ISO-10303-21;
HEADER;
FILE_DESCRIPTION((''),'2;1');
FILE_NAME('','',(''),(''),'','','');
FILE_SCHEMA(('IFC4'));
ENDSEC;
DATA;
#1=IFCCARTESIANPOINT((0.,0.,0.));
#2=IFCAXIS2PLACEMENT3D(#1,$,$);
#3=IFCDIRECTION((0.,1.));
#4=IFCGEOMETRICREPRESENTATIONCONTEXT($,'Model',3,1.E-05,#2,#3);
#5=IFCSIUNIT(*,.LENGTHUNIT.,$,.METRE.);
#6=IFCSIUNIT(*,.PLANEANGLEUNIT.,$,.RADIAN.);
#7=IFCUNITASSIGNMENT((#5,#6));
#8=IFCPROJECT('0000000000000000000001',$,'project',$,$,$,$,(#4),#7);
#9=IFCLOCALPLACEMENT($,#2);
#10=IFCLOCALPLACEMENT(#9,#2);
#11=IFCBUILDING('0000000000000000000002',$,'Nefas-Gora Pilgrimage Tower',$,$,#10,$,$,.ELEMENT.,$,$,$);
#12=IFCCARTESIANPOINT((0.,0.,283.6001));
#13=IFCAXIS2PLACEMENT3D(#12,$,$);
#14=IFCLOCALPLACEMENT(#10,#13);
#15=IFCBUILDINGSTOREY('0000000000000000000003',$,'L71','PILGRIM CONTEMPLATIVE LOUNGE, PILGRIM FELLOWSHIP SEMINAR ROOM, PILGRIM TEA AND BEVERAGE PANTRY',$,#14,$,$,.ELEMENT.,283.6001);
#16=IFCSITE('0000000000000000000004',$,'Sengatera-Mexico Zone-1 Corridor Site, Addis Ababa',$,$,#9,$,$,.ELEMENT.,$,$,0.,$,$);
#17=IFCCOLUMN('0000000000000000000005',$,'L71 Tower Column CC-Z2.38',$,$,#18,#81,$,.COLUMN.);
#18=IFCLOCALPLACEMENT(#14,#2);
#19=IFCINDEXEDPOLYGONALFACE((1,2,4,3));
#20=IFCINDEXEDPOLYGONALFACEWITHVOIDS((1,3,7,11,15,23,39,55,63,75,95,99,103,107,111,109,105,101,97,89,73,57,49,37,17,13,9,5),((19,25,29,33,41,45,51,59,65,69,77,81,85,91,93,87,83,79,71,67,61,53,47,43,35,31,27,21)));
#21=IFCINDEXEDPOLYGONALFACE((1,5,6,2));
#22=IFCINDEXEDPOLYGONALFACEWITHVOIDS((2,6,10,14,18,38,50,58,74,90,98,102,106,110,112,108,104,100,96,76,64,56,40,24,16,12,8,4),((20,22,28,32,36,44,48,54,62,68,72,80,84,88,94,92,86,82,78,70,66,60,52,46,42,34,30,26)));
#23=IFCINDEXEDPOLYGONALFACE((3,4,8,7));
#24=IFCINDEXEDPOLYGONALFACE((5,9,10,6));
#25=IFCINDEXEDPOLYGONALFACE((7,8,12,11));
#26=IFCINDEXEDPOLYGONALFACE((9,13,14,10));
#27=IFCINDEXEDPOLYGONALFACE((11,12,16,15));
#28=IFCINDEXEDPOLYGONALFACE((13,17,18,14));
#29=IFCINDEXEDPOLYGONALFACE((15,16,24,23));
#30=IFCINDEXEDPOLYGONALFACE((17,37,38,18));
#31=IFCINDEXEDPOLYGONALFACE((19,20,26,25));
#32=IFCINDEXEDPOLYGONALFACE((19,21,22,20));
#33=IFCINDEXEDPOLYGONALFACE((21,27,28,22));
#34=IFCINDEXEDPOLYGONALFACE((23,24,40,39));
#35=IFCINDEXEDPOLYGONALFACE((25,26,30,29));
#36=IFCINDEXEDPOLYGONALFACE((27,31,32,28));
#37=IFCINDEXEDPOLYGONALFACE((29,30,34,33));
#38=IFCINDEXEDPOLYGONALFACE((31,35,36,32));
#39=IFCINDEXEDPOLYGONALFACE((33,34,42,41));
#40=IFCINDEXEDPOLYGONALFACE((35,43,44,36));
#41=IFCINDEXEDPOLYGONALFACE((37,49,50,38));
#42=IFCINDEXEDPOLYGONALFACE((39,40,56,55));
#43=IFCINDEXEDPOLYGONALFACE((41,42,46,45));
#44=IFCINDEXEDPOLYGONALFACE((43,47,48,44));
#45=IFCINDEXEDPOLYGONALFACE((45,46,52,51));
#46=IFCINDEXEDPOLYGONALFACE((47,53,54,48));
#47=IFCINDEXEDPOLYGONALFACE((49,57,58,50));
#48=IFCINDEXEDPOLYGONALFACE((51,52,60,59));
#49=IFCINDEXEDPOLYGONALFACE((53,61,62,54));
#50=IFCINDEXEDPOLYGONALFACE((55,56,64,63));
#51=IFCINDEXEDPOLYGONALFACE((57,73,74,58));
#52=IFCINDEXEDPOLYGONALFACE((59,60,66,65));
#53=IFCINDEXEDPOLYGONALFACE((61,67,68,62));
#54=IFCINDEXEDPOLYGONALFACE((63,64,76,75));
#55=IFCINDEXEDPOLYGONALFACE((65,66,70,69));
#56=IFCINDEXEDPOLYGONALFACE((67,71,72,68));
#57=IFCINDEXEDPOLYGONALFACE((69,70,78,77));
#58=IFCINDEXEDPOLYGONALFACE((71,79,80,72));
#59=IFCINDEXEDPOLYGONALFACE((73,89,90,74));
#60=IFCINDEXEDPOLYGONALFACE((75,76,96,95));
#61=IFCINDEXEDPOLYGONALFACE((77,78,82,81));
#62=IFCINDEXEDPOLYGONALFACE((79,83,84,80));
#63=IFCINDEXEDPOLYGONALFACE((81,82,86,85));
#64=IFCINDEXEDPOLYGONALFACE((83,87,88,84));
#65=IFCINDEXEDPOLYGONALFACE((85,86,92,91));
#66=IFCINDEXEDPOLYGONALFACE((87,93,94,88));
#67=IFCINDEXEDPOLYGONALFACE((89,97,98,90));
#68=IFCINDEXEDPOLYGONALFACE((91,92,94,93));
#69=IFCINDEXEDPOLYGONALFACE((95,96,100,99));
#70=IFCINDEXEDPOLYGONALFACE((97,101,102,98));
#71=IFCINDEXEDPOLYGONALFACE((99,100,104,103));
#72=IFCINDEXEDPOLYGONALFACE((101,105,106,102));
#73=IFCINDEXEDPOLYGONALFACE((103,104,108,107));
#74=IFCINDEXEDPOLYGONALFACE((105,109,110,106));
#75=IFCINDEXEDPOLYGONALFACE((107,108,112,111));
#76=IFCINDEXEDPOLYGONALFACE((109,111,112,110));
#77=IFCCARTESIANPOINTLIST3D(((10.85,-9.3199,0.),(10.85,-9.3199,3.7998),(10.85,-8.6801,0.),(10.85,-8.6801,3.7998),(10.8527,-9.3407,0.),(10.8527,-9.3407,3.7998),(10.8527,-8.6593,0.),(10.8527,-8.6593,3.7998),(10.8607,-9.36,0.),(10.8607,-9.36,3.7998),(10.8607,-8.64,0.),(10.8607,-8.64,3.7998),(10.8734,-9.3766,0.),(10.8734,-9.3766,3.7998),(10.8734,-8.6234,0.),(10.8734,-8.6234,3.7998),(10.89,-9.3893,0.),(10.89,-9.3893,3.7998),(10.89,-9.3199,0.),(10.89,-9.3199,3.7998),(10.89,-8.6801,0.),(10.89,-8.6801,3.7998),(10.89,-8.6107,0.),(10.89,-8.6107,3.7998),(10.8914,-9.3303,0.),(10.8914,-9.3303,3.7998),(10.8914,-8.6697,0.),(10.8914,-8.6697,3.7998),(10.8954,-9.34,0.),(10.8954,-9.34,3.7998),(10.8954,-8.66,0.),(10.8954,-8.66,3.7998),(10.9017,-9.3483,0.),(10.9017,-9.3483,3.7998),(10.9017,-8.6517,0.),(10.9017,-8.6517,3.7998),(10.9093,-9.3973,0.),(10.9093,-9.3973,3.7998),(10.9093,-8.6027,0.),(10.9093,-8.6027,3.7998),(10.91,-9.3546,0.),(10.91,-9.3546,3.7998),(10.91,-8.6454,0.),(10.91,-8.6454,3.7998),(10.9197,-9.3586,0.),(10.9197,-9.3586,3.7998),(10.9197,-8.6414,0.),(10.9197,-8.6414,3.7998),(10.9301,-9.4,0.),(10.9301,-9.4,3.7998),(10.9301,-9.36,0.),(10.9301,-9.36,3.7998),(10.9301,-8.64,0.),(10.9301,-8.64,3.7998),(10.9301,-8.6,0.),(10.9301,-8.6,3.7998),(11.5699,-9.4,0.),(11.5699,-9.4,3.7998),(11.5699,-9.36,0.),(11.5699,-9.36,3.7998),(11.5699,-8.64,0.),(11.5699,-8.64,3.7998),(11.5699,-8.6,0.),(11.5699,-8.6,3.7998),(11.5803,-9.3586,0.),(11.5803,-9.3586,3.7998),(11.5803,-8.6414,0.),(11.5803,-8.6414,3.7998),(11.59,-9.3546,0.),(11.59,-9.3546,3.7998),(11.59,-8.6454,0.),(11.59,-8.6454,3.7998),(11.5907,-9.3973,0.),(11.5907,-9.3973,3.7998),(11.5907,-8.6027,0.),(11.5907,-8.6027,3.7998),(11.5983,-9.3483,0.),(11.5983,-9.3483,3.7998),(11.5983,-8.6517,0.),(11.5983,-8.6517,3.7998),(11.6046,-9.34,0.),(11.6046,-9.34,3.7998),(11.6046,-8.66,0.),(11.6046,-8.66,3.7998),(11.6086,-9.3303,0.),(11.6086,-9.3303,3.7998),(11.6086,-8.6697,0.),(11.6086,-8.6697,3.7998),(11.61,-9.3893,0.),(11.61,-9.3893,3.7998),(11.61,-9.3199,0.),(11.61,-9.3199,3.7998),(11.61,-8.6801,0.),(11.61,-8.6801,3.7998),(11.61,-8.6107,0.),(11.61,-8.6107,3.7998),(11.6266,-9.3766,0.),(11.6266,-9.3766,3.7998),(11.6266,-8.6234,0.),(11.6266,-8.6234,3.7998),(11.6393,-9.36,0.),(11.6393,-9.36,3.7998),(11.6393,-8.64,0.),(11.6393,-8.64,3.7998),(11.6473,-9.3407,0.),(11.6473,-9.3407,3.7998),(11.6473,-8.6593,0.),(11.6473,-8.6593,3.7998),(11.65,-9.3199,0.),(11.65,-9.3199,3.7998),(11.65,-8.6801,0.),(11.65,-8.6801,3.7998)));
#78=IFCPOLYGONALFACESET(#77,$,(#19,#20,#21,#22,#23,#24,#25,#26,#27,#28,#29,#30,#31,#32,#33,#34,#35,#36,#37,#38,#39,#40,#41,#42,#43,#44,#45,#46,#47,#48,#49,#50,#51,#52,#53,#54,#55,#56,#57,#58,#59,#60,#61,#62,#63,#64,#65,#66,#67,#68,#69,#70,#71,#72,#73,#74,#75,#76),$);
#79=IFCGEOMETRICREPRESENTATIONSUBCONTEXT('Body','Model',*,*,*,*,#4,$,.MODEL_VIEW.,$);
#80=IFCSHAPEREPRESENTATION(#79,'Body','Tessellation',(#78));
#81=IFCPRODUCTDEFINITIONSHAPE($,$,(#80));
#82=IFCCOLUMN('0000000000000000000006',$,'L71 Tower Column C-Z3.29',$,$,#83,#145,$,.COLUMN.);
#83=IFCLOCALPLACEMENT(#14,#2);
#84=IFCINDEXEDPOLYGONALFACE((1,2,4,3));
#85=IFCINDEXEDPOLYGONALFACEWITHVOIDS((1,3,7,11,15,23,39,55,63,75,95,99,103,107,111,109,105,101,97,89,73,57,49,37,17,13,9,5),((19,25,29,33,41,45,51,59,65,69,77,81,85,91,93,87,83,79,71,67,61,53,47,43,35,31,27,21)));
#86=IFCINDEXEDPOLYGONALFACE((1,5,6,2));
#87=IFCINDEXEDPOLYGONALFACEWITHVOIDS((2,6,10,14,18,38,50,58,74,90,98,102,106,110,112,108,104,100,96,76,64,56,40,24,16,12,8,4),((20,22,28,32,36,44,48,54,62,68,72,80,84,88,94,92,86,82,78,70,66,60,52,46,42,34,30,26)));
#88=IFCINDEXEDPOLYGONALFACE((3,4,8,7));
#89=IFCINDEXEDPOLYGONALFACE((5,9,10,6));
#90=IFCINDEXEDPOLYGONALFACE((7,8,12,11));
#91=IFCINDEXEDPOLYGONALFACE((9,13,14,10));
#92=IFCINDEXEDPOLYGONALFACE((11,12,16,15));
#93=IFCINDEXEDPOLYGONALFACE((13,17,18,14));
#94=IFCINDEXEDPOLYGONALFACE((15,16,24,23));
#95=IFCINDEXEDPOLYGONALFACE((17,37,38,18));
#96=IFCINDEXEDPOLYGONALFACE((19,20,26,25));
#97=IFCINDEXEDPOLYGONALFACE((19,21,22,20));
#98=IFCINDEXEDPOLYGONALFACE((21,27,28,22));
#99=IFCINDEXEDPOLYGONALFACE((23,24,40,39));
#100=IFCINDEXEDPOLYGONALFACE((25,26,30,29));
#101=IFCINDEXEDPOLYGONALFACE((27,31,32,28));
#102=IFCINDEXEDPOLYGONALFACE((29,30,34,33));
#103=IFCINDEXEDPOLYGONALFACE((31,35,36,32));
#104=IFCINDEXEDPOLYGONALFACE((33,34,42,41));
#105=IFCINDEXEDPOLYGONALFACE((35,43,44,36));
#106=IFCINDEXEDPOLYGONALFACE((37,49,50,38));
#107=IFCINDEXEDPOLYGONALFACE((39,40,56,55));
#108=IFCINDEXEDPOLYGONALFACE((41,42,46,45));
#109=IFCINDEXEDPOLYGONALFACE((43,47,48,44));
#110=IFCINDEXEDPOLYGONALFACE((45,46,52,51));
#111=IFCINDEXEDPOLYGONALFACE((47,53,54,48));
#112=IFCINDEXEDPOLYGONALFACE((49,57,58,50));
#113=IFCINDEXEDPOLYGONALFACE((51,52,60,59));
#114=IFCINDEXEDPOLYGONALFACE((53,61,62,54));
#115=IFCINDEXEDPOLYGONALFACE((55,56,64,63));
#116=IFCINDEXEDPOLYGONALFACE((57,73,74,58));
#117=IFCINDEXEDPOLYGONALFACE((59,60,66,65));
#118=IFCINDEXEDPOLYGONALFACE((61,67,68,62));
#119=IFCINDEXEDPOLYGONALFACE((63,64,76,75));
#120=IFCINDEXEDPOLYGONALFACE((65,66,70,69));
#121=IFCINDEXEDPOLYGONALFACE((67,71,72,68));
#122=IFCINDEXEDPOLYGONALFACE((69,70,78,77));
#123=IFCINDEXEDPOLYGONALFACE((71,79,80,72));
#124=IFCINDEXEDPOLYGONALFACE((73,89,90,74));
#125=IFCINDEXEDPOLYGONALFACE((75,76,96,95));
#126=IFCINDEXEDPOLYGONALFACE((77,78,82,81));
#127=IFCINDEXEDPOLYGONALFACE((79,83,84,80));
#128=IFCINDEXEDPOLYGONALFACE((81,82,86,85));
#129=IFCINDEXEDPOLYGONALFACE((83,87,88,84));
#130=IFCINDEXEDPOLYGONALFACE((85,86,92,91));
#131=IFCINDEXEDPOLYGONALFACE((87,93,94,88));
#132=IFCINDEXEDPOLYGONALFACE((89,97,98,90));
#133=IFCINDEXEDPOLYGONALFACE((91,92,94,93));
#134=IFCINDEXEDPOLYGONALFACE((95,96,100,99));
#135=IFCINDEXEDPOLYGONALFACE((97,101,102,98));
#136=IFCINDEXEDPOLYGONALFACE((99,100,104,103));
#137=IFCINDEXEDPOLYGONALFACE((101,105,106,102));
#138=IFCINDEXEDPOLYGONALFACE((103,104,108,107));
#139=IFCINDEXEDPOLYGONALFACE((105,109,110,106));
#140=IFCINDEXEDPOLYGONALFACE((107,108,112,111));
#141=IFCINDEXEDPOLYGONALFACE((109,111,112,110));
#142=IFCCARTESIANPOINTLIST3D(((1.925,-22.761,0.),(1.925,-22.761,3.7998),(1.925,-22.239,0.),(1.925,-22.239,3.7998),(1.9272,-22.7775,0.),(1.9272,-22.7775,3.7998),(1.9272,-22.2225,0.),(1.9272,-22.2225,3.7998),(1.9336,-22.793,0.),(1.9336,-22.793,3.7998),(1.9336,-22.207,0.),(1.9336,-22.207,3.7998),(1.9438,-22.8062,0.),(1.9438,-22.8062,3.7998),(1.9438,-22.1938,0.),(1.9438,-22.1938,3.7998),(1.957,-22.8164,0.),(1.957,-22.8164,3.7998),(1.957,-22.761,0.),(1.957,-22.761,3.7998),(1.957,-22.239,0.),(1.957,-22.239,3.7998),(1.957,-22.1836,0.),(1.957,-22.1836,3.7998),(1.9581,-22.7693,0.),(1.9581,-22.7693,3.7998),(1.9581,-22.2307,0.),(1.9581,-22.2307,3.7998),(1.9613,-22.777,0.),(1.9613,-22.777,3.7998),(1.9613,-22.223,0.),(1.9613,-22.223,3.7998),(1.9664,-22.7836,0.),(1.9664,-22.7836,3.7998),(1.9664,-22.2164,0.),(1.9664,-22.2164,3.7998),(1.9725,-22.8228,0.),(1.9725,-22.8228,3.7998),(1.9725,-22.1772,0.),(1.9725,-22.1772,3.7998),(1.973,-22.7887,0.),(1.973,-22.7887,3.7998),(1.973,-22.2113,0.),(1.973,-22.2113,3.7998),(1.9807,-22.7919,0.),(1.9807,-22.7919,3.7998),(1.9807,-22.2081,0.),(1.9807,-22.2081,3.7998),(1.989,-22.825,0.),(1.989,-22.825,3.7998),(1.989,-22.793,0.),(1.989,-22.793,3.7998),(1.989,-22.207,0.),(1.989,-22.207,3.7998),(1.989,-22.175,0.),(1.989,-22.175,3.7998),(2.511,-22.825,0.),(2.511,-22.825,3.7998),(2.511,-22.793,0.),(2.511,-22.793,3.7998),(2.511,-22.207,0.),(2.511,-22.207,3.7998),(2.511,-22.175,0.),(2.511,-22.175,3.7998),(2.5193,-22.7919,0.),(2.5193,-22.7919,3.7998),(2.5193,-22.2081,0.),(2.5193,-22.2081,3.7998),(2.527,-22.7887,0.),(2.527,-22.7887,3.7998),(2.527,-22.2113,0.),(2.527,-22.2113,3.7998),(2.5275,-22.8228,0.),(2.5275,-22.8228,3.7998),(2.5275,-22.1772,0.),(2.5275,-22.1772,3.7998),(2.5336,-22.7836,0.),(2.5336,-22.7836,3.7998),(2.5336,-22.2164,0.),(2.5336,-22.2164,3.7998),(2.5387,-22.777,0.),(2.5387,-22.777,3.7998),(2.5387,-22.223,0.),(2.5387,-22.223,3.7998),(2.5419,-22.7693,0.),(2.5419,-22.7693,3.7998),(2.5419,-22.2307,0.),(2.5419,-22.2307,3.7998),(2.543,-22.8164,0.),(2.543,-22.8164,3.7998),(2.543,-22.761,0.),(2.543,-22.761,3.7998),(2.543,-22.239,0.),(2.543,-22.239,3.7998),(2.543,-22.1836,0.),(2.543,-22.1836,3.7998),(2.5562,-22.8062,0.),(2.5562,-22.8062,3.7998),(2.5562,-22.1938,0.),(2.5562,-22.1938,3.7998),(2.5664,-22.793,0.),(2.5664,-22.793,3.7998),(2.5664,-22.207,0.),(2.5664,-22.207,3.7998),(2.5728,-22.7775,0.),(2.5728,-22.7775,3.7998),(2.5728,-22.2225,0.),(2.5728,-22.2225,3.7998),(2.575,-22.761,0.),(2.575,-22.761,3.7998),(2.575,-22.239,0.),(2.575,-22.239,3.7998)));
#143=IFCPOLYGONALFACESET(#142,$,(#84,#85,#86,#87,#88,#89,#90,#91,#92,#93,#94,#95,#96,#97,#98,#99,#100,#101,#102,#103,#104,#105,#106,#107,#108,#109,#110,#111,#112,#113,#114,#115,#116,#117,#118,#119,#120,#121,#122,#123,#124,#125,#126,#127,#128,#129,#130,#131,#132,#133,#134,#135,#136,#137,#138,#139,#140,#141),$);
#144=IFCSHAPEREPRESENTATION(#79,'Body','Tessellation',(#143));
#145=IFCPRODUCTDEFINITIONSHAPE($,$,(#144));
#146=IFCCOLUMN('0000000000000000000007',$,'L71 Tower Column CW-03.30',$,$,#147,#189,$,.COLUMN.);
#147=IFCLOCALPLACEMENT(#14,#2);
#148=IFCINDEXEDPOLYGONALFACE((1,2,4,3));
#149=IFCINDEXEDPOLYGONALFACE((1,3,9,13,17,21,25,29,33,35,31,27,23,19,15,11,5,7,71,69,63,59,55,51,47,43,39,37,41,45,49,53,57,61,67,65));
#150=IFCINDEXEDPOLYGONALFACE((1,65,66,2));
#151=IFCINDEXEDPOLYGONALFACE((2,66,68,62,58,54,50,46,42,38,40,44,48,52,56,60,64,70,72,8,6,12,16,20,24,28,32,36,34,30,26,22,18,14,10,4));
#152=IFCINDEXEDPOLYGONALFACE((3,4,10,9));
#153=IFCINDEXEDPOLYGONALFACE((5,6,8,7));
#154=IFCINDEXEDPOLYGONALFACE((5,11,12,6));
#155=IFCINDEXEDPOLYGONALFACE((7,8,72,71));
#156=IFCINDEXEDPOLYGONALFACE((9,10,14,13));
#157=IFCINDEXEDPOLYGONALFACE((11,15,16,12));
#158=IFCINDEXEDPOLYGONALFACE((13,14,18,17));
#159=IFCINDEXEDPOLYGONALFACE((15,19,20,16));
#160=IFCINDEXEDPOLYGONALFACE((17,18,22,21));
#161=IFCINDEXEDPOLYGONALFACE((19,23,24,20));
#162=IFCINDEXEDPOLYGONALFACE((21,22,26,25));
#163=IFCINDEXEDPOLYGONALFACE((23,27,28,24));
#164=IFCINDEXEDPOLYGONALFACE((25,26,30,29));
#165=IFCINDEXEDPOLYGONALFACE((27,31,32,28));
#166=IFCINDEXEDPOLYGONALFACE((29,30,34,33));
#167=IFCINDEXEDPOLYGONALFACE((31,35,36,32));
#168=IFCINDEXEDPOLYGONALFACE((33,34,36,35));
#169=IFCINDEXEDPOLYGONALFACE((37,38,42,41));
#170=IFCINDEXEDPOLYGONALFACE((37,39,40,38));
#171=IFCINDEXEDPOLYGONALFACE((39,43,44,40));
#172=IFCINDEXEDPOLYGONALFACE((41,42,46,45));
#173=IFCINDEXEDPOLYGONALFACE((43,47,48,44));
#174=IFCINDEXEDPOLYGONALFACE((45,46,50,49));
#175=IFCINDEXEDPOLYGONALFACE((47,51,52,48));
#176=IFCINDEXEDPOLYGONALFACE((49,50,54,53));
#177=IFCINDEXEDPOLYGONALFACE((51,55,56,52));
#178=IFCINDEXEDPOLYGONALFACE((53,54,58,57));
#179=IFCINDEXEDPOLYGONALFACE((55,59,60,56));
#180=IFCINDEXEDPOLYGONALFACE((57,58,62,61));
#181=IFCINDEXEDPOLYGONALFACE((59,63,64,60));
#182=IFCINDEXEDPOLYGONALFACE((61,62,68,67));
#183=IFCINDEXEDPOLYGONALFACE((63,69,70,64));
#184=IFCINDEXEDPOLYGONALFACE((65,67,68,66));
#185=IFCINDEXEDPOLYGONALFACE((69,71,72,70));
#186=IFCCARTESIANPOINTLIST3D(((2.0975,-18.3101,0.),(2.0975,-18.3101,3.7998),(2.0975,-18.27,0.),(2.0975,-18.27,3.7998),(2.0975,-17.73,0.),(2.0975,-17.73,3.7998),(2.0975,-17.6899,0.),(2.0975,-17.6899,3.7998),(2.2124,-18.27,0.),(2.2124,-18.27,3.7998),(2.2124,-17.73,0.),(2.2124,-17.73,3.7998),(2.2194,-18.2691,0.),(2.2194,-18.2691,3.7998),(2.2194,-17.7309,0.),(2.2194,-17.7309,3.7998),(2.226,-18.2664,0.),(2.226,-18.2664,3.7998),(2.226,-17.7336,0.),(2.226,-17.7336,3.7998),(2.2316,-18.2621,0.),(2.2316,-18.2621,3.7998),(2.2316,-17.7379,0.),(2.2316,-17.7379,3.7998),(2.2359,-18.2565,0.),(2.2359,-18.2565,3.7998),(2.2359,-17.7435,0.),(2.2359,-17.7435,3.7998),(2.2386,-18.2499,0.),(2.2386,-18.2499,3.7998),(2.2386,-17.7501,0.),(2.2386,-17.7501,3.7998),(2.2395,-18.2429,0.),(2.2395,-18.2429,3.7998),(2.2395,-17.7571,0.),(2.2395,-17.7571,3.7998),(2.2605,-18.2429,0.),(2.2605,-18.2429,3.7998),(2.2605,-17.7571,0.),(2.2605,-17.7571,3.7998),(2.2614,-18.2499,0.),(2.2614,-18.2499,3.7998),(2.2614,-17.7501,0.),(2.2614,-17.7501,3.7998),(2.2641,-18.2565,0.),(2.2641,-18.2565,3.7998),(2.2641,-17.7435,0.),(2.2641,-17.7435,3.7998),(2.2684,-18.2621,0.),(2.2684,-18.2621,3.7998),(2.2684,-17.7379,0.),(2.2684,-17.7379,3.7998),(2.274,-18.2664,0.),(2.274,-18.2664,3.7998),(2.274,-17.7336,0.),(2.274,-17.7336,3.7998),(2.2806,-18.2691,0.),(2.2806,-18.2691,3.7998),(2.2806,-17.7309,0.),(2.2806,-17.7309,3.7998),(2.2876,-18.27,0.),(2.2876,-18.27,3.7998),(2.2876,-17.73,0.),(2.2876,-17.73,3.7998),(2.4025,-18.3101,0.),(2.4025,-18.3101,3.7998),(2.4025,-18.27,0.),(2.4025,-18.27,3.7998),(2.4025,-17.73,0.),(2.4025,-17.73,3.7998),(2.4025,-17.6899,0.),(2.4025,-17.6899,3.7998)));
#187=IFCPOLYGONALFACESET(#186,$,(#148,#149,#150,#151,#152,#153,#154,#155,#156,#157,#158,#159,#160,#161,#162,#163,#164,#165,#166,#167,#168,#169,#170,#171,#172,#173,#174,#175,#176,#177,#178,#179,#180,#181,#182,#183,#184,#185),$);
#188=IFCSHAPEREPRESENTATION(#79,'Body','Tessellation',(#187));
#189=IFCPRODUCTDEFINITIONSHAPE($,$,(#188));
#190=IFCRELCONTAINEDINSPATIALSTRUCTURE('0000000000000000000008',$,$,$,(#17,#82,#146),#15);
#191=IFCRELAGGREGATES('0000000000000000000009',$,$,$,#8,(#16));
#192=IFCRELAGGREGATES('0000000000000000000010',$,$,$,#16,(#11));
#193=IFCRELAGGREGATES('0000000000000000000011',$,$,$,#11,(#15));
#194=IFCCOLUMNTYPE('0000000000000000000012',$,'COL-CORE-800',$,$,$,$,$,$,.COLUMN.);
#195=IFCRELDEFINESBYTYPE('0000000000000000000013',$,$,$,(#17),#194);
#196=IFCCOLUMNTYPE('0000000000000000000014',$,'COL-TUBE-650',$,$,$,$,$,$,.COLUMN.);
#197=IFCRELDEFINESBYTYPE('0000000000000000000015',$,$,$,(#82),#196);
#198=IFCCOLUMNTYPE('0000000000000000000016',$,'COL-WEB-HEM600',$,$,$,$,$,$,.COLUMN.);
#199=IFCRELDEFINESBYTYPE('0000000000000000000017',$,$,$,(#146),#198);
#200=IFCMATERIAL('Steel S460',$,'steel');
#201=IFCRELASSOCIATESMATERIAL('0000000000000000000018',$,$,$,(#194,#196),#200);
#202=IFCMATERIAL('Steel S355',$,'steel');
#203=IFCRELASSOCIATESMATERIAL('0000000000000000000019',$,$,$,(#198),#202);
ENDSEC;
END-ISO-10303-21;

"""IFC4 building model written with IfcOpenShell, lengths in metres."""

from ifc_helpers import new_model, si_unit, direction, frame, origin, origin_2d, place, context, subcontext, project, spatial, hollow_rectangle, i_section, extrude, source, transform, mapped, material, material_profile, profile_set, type_object, element, save


model = new_model("IFC4")

# Units and contexts
model_context = context("Model", 3, precision=1e-05, world=origin(), true_north=direction((0.0, 1.0)))
body_context = subcontext(model_context, "Body", "Model", "MODEL_VIEW")
ifc_project = project(units=[si_unit("LENGTHUNIT", "METRE"), si_unit("PLANEANGLEUNIT", "RADIAN")], contexts=[model_context])

# Site, building, storey
site_placement = place(None, origin())
site = spatial("IfcSite", under=ifc_project, at=site_placement, Name="Sengatera-Mexico Zone-1 Corridor Site, Addis Ababa", CompositionType="ELEMENT", RefElevation=0.0)
building_placement = place(site_placement, origin())
building = spatial("IfcBuilding", under=site, at=building_placement, Name="Nefas-Gora Pilgrimage Tower", CompositionType="ELEMENT")
storey_placement = place(building_placement, frame((0.0, 0.0, 283.6001)))
storey = spatial("IfcBuildingStorey", under=building, at=storey_placement, Name="L71", Description="PILGRIM CONTEMPLATIVE LOUNGE, PILGRIM FELLOWSHIP SEMINAR ROOM, PILGRIM TEA AND BEVERAGE PANTRY", CompositionType="ELEMENT", Elevation=283.6001)

# Columns
ifc_material_1 = material(Name="Steel S460", Category="steel")
ifc_material_profile_1 = material_profile(ifc_material_1, hollow_rectangle(XDim=0.8, YDim=0.8, WallThickness=0.04, InnerFilletRadius=0.04, OuterFilletRadius=0.0801, at=origin_2d()), Name="BOX 800x800x40")
ifc_profile_set_1 = profile_set([ifc_material_profile_1], Name="Steel S460")
column_type_1 = type_object("IfcColumnType", Name="COL-CORE-800", PredefinedType="COLUMN", material=ifc_profile_set_1)
shared_shape_1 = source(origin(), body_context, "Body", "SweptSolid", [
    extrude(hollow_rectangle(XDim=0.8, YDim=0.8, WallThickness=0.04, InnerFilletRadius=0.04, OuterFilletRadius=0.0801, at=origin_2d()), origin(), (0.0, 0.0, 1.0), 3.7998),
])
column_1_placement = place(storey_placement, frame((11.25, -9.0, 0.0), z_axis=(0.0, 0.0, 1.0), x_axis=(1.0, 0.0, 0.0)))
element("IfcColumn", 1, at=column_1_placement, inside=storey, type_object=column_type_1, Name="L71 Tower Column CC-Z2.38", PredefinedType="COLUMN", context=body_context, shape_type="MappedRepresentation", body=[
    mapped(shared_shape_1, transform((0.0, 0.0, 0.0), x_axis=(1.0, 0.0, 0.0), y_axis=(0.0, 1.0, 0.0), z_axis=(0.0, 0.0, 1.0), scale=1.0)),
])
ifc_material_profile_2 = material_profile(ifc_material_1, hollow_rectangle(XDim=0.6499, YDim=0.6499, WallThickness=0.032, InnerFilletRadius=0.032, OuterFilletRadius=0.064, at=origin_2d()), Name="BOX 650x650x32")
ifc_profile_set_2 = profile_set([ifc_material_profile_2], Name="Steel S460")
column_type_2 = type_object("IfcColumnType", Name="COL-TUBE-650", PredefinedType="COLUMN", material=ifc_profile_set_2)
shared_shape_2 = source(origin(), body_context, "Body", "SweptSolid", [
    extrude(hollow_rectangle(XDim=0.6499, YDim=0.6499, WallThickness=0.032, InnerFilletRadius=0.032, OuterFilletRadius=0.064, at=origin_2d()), origin(), (0.0, 0.0, 1.0), 3.7998),
])
column_2_placement = place(storey_placement, frame((2.25, -22.5, 0.0), z_axis=(0.0, 0.0, 1.0), x_axis=(1.0, 0.0, 0.0)))
element("IfcColumn", 2, at=column_2_placement, inside=storey, type_object=column_type_2, Name="L71 Tower Column C-Z3.29", PredefinedType="COLUMN", context=body_context, shape_type="MappedRepresentation", body=[
    mapped(shared_shape_2, transform((0.0, 0.0, 0.0), x_axis=(1.0, 0.0, 0.0), y_axis=(0.0, 1.0, 0.0), z_axis=(0.0, 0.0, 1.0), scale=1.0)),
])
ifc_material_2 = material(Name="Steel S355", Category="steel")
ifc_material_profile_3 = material_profile(ifc_material_2, i_section(OverallWidth=0.3049, OverallDepth=0.6201, WebThickness=0.021, FlangeThickness=0.04, FilletRadius=0.0271, at=origin_2d()), Name="HEM 600")
ifc_profile_set_3 = profile_set([ifc_material_profile_3], Name="Steel S355")
column_type_3 = type_object("IfcColumnType", Name="COL-WEB-HEM600", PredefinedType="COLUMN", material=ifc_profile_set_3)
shared_shape_3 = source(origin(), body_context, "Body", "SweptSolid", [
    extrude(i_section(OverallWidth=0.3049, OverallDepth=0.6201, WebThickness=0.021, FlangeThickness=0.04, FilletRadius=0.0271, at=origin_2d()), origin(), (0.0, 0.0, 1.0), 3.7998),
])
for number, where, z_axis, x_axis, name in (
    (3, (2.25, -18.0, 0.0), (0.0, 0.0, 1.0), (1.0, 0.0, 0.0), "L71 Tower Column CW-03.30"),
):
    element("IfcColumn", number, at=place(storey_placement, frame(where, z_axis=z_axis, x_axis=x_axis)), inside=storey, type_object=column_type_3, Name=name, PredefinedType="COLUMN", context=body_context, shape_type="MappedRepresentation", body=[
        mapped(shared_shape_3, transform((0.0, 0.0, 0.0), x_axis=(1.0, 0.0, 0.0), y_axis=(0.0, 1.0, 0.0), z_axis=(0.0, 0.0, 1.0), scale=1.0)),
    ])

save(model, "model.ifc")
